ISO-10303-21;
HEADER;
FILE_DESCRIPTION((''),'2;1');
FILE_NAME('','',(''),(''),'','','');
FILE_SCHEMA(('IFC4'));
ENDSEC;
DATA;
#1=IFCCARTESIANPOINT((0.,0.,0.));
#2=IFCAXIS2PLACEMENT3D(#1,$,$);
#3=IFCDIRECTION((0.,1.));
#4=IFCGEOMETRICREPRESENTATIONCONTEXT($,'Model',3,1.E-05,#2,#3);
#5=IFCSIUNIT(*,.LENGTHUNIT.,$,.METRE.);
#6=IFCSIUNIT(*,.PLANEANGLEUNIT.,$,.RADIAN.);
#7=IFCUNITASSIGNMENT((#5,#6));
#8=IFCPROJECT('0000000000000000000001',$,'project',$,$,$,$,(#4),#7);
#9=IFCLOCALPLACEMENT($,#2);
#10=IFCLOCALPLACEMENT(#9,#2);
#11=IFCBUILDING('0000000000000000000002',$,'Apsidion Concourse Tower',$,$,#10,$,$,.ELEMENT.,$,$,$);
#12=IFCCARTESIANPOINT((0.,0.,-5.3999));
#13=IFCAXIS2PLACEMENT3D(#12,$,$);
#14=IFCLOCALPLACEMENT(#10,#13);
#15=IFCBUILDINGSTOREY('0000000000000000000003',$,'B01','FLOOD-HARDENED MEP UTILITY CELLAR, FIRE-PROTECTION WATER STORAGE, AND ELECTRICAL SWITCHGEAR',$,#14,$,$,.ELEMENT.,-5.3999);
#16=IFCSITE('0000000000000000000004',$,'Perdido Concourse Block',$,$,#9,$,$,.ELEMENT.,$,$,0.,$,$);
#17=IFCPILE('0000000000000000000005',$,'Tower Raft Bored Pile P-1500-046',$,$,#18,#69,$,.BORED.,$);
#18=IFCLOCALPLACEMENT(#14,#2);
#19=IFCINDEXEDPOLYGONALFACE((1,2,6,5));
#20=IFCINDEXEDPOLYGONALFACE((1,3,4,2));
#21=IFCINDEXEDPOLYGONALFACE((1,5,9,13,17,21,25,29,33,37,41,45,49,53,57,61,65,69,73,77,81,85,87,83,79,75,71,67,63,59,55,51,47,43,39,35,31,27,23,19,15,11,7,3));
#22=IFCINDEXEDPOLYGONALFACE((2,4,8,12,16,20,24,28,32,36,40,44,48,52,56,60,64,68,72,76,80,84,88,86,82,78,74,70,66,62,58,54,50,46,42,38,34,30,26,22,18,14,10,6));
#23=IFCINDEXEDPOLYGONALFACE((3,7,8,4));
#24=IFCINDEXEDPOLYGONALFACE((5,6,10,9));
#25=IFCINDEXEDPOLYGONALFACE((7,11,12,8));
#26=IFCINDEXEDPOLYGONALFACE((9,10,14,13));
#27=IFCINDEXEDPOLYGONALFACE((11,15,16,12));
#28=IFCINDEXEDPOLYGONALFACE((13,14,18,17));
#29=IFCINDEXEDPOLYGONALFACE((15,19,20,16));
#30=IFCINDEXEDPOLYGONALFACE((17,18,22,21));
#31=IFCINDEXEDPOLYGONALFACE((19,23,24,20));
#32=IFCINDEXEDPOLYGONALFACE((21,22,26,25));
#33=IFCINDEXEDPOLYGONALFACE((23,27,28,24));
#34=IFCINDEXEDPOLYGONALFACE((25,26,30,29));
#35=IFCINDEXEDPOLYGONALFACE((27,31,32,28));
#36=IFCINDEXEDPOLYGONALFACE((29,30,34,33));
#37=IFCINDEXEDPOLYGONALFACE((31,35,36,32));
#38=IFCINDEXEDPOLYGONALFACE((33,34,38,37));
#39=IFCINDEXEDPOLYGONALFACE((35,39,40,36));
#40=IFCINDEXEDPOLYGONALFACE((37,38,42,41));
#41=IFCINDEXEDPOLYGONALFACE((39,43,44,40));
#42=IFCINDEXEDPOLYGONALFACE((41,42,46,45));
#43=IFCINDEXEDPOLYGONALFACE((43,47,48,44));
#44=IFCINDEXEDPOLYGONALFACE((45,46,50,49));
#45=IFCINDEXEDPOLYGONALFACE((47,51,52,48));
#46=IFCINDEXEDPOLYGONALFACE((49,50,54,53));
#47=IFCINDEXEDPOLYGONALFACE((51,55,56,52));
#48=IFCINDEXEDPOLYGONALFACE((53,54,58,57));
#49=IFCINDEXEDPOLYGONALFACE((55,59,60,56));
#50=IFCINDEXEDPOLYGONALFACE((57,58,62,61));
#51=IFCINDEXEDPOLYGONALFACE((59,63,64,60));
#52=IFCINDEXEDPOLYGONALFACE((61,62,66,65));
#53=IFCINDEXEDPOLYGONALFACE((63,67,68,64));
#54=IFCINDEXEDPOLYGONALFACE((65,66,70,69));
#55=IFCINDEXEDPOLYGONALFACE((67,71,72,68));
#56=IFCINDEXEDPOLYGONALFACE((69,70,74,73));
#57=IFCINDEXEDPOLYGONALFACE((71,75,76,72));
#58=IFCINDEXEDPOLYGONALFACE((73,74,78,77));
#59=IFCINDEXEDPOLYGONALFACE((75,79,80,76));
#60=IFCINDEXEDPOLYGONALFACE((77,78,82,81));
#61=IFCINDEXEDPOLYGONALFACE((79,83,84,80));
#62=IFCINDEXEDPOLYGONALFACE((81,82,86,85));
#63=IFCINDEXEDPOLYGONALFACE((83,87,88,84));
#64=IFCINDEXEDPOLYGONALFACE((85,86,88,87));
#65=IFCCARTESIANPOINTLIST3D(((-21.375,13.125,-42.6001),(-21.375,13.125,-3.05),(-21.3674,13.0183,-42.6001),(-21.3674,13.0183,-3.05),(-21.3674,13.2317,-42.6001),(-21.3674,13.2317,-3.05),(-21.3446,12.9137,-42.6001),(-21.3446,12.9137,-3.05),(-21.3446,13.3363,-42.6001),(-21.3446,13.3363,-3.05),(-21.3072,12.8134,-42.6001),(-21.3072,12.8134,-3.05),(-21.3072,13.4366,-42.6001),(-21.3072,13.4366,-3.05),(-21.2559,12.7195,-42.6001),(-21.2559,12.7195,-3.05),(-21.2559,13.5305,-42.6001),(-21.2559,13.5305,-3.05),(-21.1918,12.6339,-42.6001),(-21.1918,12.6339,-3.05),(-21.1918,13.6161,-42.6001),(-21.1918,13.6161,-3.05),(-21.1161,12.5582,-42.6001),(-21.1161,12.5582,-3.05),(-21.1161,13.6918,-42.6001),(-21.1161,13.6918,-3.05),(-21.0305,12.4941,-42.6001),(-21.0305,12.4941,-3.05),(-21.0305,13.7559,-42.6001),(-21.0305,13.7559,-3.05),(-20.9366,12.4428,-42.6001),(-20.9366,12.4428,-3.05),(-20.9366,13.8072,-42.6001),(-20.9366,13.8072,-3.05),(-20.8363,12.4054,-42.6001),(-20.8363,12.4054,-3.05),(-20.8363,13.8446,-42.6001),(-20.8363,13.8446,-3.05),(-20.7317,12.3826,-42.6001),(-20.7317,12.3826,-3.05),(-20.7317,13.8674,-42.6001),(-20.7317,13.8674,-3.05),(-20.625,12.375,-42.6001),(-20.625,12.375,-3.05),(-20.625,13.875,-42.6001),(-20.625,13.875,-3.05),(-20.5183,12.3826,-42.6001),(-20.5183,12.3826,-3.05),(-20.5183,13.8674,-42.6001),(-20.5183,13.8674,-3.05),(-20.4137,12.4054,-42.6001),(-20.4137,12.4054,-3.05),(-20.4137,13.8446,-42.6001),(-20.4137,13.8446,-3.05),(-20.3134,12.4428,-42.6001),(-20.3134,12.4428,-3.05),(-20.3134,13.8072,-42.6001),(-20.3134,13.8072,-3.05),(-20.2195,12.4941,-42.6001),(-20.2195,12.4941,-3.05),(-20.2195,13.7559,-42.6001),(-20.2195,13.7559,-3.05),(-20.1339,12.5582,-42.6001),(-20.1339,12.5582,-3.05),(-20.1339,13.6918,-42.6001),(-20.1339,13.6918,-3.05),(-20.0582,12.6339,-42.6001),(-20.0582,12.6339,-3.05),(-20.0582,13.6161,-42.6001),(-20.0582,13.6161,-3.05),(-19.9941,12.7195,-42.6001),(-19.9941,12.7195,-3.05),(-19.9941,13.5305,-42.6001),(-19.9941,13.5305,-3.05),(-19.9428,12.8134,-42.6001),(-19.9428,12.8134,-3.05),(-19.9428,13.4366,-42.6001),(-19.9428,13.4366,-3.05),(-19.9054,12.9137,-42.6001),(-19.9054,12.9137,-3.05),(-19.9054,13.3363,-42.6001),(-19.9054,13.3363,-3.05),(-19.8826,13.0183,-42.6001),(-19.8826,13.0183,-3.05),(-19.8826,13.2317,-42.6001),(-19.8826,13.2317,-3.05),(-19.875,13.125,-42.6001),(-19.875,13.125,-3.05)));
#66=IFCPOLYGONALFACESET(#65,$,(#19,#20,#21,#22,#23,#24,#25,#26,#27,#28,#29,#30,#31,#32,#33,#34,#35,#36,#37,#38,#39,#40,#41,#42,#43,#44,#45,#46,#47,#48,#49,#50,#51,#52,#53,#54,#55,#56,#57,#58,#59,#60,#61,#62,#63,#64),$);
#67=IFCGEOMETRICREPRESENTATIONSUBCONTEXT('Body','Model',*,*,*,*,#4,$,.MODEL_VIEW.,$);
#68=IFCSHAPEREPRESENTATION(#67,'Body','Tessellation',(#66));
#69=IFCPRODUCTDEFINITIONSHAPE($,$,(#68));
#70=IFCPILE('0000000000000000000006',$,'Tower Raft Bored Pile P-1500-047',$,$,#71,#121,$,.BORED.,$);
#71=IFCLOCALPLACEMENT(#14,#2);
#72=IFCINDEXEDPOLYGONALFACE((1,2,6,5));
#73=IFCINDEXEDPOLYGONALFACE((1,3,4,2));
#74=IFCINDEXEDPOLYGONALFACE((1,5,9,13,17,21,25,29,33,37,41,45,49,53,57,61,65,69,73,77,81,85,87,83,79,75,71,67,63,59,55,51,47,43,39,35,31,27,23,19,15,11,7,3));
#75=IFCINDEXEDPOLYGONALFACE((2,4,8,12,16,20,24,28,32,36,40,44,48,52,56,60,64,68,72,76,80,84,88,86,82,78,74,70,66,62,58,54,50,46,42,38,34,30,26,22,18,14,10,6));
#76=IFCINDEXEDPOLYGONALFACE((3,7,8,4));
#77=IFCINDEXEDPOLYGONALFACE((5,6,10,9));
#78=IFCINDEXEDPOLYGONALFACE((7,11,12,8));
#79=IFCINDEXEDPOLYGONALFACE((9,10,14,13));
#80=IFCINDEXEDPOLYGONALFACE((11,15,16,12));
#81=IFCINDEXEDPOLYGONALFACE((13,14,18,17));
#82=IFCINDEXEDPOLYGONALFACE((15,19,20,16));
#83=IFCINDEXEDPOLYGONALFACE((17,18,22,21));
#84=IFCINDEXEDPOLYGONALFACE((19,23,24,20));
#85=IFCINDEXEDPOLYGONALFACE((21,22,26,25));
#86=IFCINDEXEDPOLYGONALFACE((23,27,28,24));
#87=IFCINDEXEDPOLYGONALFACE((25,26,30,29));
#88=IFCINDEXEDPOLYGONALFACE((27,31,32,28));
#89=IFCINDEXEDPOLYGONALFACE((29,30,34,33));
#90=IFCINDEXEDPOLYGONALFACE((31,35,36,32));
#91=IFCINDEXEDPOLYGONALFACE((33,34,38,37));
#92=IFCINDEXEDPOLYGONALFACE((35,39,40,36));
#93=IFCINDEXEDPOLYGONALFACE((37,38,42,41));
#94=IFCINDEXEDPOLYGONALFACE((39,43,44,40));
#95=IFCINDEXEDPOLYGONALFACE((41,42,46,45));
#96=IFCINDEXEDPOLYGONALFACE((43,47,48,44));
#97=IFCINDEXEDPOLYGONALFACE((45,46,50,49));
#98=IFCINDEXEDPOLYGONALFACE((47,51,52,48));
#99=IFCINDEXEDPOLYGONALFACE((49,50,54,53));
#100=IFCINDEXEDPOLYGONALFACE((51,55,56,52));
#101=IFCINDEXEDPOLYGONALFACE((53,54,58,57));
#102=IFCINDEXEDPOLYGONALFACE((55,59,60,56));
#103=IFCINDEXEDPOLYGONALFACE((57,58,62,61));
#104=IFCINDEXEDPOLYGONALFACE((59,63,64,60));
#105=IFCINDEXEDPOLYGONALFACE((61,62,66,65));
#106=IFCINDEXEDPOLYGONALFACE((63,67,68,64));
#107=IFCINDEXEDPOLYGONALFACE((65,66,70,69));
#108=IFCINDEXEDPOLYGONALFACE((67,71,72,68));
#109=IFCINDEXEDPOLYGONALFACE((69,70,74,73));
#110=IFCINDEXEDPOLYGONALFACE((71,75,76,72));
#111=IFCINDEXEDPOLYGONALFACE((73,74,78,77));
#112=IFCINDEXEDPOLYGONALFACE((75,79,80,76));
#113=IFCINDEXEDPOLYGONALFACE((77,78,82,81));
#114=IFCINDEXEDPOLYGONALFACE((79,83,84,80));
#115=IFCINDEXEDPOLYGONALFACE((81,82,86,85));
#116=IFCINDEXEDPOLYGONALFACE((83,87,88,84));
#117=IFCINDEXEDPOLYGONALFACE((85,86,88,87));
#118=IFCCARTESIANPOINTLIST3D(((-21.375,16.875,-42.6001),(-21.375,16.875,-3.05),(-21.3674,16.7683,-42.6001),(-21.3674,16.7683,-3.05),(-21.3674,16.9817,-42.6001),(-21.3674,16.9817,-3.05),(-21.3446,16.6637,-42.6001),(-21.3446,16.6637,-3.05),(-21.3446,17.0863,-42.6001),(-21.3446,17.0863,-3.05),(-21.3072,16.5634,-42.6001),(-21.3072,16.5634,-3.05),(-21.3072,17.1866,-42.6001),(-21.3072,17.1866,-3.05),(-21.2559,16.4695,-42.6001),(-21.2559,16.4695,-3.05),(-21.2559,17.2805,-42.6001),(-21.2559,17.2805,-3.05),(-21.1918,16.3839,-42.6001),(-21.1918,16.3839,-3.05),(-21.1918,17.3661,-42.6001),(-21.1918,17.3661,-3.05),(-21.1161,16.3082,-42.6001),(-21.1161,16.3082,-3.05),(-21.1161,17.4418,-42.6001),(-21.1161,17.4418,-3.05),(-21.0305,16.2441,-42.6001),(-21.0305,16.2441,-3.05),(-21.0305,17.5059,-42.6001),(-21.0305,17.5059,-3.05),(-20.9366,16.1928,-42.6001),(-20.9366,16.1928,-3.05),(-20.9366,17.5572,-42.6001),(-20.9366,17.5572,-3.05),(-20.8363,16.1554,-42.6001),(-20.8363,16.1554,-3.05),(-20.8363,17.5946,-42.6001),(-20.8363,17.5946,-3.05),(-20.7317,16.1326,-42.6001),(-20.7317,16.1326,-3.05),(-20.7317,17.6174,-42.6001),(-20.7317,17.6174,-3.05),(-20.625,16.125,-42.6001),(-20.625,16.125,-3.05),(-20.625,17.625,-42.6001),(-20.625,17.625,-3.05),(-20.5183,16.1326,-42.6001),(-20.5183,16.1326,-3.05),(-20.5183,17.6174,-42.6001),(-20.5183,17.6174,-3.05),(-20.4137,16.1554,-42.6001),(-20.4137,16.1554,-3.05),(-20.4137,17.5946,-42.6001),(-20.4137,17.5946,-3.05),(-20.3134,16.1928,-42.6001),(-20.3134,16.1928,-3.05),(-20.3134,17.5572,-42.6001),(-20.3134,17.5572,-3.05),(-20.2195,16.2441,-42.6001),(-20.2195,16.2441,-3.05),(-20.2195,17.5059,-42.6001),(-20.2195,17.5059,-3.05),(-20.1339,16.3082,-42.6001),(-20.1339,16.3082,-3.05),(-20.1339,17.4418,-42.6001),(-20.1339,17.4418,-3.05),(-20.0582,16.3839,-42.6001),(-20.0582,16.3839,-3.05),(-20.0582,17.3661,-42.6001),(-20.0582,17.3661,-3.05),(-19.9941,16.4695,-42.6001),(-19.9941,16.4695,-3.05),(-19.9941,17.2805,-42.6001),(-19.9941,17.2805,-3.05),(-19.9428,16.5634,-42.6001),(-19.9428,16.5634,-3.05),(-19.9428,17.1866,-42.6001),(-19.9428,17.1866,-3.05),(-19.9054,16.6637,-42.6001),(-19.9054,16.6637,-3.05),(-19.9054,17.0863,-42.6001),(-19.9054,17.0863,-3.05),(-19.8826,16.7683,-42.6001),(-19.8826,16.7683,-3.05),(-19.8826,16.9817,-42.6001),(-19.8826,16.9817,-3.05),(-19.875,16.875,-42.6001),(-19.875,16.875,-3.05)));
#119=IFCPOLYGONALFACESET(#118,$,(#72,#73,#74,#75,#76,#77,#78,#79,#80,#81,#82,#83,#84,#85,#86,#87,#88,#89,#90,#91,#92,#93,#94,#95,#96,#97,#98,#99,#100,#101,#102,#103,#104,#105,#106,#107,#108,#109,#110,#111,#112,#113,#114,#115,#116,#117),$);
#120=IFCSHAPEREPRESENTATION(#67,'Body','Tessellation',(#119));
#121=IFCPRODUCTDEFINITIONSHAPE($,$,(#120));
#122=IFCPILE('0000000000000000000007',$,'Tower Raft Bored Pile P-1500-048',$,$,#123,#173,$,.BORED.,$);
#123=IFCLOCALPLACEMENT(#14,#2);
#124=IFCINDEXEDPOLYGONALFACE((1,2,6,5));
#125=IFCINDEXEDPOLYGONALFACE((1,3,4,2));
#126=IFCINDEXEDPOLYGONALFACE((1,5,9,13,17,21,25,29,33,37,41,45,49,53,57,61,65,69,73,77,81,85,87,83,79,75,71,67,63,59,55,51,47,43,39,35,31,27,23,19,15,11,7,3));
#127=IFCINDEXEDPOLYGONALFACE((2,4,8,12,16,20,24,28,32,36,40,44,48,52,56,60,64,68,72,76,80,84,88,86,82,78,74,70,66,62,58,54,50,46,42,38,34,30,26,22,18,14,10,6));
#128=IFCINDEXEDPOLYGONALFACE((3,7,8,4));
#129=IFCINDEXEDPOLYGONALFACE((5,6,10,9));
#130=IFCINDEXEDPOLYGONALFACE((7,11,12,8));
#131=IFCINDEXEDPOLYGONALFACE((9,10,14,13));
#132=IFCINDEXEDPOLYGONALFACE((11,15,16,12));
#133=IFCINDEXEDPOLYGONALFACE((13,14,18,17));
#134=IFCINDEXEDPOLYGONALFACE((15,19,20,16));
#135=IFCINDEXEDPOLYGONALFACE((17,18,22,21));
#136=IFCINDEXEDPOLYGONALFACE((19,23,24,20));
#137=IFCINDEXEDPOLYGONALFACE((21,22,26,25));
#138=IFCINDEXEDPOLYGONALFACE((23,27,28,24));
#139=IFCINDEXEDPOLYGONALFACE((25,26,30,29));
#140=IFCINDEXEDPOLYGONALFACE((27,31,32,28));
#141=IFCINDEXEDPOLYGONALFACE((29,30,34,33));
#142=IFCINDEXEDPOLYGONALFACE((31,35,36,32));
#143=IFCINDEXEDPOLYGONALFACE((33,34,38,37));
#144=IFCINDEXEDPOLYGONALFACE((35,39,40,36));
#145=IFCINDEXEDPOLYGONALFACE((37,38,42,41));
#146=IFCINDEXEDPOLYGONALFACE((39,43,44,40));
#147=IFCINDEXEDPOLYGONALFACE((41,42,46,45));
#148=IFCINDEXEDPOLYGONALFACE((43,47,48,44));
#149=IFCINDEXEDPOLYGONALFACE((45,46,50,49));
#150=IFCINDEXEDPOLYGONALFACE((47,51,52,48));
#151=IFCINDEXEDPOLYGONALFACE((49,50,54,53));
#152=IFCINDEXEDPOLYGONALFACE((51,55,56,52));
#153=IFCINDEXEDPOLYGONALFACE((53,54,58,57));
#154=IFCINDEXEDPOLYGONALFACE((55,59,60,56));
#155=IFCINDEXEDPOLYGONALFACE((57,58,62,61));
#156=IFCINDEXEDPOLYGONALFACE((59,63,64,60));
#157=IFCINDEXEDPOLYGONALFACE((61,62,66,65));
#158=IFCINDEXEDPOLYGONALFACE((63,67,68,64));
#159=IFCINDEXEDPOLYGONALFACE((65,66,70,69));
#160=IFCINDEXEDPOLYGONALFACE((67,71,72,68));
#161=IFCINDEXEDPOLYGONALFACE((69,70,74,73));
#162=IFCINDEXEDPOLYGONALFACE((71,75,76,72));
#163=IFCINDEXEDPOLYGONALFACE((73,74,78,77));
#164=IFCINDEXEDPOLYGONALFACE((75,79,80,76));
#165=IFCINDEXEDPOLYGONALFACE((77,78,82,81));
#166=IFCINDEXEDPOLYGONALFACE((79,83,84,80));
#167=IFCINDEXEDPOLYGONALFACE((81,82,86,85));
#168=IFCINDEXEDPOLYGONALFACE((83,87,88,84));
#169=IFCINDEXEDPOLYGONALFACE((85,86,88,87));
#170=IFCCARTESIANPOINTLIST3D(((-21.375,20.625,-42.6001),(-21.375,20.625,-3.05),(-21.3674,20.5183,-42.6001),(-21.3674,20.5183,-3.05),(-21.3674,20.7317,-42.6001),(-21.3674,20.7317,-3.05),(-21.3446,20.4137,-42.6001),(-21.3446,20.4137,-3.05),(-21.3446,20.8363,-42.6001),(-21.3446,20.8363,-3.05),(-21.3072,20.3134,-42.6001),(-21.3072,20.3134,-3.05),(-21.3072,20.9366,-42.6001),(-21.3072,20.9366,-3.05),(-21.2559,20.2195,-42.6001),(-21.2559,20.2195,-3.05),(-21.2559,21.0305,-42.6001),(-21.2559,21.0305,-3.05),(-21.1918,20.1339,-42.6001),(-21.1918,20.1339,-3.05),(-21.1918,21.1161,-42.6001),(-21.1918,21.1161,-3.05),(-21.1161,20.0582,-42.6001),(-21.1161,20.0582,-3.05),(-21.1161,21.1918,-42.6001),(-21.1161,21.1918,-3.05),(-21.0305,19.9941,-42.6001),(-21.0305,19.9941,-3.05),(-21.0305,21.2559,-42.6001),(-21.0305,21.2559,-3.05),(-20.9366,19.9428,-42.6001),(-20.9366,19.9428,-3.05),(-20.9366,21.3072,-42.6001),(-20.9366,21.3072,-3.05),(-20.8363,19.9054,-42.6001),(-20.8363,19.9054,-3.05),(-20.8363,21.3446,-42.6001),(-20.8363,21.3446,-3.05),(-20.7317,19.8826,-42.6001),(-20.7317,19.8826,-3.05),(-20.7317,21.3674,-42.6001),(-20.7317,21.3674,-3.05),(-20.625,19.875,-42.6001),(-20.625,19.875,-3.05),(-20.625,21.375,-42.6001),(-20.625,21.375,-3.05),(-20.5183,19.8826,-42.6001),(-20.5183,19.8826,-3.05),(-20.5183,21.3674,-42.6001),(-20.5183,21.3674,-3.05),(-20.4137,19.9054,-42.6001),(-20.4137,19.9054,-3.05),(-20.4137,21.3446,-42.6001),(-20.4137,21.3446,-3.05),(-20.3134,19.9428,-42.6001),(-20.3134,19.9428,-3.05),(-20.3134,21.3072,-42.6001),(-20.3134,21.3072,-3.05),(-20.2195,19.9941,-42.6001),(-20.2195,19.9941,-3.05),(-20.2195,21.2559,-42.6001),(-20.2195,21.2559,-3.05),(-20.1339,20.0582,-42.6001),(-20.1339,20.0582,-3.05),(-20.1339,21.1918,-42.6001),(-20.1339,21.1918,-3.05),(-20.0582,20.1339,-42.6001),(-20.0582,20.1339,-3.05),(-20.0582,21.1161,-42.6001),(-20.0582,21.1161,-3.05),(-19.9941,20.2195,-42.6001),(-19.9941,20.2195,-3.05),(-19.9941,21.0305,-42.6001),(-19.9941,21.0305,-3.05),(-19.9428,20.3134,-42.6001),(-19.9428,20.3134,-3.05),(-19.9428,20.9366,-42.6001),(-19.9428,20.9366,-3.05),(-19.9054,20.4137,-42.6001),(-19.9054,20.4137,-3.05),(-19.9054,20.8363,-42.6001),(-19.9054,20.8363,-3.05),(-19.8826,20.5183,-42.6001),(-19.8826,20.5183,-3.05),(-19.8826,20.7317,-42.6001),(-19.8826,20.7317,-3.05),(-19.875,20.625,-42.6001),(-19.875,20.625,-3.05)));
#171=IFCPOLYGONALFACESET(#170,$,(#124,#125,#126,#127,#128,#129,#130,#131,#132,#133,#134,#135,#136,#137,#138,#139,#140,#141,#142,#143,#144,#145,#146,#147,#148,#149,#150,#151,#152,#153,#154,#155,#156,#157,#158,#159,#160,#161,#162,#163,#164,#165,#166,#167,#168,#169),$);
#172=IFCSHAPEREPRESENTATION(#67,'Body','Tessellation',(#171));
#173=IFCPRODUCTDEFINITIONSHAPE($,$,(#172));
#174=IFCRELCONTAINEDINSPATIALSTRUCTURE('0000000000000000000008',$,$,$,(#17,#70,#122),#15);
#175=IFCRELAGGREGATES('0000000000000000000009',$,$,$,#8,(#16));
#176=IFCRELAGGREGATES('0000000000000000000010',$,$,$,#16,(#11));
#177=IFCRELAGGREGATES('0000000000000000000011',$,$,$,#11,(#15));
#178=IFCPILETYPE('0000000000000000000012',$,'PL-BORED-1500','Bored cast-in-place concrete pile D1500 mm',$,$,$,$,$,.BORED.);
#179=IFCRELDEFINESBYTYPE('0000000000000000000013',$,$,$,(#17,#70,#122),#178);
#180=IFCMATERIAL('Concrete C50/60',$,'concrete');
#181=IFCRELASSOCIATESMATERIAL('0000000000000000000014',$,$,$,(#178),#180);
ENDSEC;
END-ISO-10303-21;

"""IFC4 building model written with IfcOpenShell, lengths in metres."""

from ifc_helpers import new_model, si_unit, direction, frame, origin, origin_2d, place, context, subcontext, project, spatial, circle, extrude, material, material_profile, profile_set, type_object, element, save


model = new_model("IFC4")

# Units and contexts
model_context = context("Model", 3, precision=1e-05, world=origin(), true_north=direction((0.0, 1.0)))
body_context = subcontext(model_context, "Body", "Model", "MODEL_VIEW")
ifc_project = project(units=[si_unit("LENGTHUNIT", "METRE"), si_unit("PLANEANGLEUNIT", "RADIAN")], contexts=[model_context])

# Site, building, storey
site_placement = place(None, origin())
site = spatial("IfcSite", under=ifc_project, at=site_placement, Name="Perdido Concourse Block", CompositionType="ELEMENT", RefElevation=0.0)
building_placement = place(site_placement, origin())
building = spatial("IfcBuilding", under=site, at=building_placement, Name="Apsidion Concourse Tower", CompositionType="ELEMENT")
storey_placement = place(building_placement, frame((0.0, 0.0, -5.3999)))
storey = spatial("IfcBuildingStorey", under=building, at=storey_placement, Name="B01", Description="FLOOD-HARDENED MEP UTILITY CELLAR, FIRE-PROTECTION WATER STORAGE, AND ELECTRICAL SWITCHGEAR", CompositionType="ELEMENT", Elevation=-5.3999)

# Shared definitions
ifc_material_1 = material(Name="Concrete C50/60", Category="concrete")

# Piles
ifc_material_profile_1 = material_profile(ifc_material_1, circle(Radius=0.75, at=origin_2d()), Name="BORED PILE D1500")
ifc_profile_set_1 = profile_set([ifc_material_profile_1], Name="Concrete C50/60")
pile_type_1 = type_object("IfcPileType", Name="PL-BORED-1500", Description="Bored cast-in-place concrete pile D1500 mm", PredefinedType="BORED", material=ifc_profile_set_1)
for number, where, z_axis, x_axis, name in (
    (1, (-20.625, 13.125, -3.05), (0.0, 0.0, -1.0), (1.0, 0.0, 0.0), "Tower Raft Bored Pile P-1500-046"),
    (2, (-20.625, 16.875, -3.05), (0.0, 0.0, -1.0), (1.0, 0.0, 0.0), "Tower Raft Bored Pile P-1500-047"),
    (3, (-20.625, 20.625, -3.05), (0.0, 0.0, -1.0), (1.0, 0.0, 0.0), "Tower Raft Bored Pile P-1500-048"),
):
    element("IfcPile", number, at=place(storey_placement, frame(where, z_axis=z_axis, x_axis=x_axis)), inside=storey, type_object=pile_type_1, Name=name, PredefinedType="BORED", context=body_context, shape_type="SweptSolid", body=[
        extrude(circle(Radius=0.75, at=origin_2d()), origin(), (0.0, 0.0, 1.0), 39.55),
    ])

save(model, "model.ifc")
